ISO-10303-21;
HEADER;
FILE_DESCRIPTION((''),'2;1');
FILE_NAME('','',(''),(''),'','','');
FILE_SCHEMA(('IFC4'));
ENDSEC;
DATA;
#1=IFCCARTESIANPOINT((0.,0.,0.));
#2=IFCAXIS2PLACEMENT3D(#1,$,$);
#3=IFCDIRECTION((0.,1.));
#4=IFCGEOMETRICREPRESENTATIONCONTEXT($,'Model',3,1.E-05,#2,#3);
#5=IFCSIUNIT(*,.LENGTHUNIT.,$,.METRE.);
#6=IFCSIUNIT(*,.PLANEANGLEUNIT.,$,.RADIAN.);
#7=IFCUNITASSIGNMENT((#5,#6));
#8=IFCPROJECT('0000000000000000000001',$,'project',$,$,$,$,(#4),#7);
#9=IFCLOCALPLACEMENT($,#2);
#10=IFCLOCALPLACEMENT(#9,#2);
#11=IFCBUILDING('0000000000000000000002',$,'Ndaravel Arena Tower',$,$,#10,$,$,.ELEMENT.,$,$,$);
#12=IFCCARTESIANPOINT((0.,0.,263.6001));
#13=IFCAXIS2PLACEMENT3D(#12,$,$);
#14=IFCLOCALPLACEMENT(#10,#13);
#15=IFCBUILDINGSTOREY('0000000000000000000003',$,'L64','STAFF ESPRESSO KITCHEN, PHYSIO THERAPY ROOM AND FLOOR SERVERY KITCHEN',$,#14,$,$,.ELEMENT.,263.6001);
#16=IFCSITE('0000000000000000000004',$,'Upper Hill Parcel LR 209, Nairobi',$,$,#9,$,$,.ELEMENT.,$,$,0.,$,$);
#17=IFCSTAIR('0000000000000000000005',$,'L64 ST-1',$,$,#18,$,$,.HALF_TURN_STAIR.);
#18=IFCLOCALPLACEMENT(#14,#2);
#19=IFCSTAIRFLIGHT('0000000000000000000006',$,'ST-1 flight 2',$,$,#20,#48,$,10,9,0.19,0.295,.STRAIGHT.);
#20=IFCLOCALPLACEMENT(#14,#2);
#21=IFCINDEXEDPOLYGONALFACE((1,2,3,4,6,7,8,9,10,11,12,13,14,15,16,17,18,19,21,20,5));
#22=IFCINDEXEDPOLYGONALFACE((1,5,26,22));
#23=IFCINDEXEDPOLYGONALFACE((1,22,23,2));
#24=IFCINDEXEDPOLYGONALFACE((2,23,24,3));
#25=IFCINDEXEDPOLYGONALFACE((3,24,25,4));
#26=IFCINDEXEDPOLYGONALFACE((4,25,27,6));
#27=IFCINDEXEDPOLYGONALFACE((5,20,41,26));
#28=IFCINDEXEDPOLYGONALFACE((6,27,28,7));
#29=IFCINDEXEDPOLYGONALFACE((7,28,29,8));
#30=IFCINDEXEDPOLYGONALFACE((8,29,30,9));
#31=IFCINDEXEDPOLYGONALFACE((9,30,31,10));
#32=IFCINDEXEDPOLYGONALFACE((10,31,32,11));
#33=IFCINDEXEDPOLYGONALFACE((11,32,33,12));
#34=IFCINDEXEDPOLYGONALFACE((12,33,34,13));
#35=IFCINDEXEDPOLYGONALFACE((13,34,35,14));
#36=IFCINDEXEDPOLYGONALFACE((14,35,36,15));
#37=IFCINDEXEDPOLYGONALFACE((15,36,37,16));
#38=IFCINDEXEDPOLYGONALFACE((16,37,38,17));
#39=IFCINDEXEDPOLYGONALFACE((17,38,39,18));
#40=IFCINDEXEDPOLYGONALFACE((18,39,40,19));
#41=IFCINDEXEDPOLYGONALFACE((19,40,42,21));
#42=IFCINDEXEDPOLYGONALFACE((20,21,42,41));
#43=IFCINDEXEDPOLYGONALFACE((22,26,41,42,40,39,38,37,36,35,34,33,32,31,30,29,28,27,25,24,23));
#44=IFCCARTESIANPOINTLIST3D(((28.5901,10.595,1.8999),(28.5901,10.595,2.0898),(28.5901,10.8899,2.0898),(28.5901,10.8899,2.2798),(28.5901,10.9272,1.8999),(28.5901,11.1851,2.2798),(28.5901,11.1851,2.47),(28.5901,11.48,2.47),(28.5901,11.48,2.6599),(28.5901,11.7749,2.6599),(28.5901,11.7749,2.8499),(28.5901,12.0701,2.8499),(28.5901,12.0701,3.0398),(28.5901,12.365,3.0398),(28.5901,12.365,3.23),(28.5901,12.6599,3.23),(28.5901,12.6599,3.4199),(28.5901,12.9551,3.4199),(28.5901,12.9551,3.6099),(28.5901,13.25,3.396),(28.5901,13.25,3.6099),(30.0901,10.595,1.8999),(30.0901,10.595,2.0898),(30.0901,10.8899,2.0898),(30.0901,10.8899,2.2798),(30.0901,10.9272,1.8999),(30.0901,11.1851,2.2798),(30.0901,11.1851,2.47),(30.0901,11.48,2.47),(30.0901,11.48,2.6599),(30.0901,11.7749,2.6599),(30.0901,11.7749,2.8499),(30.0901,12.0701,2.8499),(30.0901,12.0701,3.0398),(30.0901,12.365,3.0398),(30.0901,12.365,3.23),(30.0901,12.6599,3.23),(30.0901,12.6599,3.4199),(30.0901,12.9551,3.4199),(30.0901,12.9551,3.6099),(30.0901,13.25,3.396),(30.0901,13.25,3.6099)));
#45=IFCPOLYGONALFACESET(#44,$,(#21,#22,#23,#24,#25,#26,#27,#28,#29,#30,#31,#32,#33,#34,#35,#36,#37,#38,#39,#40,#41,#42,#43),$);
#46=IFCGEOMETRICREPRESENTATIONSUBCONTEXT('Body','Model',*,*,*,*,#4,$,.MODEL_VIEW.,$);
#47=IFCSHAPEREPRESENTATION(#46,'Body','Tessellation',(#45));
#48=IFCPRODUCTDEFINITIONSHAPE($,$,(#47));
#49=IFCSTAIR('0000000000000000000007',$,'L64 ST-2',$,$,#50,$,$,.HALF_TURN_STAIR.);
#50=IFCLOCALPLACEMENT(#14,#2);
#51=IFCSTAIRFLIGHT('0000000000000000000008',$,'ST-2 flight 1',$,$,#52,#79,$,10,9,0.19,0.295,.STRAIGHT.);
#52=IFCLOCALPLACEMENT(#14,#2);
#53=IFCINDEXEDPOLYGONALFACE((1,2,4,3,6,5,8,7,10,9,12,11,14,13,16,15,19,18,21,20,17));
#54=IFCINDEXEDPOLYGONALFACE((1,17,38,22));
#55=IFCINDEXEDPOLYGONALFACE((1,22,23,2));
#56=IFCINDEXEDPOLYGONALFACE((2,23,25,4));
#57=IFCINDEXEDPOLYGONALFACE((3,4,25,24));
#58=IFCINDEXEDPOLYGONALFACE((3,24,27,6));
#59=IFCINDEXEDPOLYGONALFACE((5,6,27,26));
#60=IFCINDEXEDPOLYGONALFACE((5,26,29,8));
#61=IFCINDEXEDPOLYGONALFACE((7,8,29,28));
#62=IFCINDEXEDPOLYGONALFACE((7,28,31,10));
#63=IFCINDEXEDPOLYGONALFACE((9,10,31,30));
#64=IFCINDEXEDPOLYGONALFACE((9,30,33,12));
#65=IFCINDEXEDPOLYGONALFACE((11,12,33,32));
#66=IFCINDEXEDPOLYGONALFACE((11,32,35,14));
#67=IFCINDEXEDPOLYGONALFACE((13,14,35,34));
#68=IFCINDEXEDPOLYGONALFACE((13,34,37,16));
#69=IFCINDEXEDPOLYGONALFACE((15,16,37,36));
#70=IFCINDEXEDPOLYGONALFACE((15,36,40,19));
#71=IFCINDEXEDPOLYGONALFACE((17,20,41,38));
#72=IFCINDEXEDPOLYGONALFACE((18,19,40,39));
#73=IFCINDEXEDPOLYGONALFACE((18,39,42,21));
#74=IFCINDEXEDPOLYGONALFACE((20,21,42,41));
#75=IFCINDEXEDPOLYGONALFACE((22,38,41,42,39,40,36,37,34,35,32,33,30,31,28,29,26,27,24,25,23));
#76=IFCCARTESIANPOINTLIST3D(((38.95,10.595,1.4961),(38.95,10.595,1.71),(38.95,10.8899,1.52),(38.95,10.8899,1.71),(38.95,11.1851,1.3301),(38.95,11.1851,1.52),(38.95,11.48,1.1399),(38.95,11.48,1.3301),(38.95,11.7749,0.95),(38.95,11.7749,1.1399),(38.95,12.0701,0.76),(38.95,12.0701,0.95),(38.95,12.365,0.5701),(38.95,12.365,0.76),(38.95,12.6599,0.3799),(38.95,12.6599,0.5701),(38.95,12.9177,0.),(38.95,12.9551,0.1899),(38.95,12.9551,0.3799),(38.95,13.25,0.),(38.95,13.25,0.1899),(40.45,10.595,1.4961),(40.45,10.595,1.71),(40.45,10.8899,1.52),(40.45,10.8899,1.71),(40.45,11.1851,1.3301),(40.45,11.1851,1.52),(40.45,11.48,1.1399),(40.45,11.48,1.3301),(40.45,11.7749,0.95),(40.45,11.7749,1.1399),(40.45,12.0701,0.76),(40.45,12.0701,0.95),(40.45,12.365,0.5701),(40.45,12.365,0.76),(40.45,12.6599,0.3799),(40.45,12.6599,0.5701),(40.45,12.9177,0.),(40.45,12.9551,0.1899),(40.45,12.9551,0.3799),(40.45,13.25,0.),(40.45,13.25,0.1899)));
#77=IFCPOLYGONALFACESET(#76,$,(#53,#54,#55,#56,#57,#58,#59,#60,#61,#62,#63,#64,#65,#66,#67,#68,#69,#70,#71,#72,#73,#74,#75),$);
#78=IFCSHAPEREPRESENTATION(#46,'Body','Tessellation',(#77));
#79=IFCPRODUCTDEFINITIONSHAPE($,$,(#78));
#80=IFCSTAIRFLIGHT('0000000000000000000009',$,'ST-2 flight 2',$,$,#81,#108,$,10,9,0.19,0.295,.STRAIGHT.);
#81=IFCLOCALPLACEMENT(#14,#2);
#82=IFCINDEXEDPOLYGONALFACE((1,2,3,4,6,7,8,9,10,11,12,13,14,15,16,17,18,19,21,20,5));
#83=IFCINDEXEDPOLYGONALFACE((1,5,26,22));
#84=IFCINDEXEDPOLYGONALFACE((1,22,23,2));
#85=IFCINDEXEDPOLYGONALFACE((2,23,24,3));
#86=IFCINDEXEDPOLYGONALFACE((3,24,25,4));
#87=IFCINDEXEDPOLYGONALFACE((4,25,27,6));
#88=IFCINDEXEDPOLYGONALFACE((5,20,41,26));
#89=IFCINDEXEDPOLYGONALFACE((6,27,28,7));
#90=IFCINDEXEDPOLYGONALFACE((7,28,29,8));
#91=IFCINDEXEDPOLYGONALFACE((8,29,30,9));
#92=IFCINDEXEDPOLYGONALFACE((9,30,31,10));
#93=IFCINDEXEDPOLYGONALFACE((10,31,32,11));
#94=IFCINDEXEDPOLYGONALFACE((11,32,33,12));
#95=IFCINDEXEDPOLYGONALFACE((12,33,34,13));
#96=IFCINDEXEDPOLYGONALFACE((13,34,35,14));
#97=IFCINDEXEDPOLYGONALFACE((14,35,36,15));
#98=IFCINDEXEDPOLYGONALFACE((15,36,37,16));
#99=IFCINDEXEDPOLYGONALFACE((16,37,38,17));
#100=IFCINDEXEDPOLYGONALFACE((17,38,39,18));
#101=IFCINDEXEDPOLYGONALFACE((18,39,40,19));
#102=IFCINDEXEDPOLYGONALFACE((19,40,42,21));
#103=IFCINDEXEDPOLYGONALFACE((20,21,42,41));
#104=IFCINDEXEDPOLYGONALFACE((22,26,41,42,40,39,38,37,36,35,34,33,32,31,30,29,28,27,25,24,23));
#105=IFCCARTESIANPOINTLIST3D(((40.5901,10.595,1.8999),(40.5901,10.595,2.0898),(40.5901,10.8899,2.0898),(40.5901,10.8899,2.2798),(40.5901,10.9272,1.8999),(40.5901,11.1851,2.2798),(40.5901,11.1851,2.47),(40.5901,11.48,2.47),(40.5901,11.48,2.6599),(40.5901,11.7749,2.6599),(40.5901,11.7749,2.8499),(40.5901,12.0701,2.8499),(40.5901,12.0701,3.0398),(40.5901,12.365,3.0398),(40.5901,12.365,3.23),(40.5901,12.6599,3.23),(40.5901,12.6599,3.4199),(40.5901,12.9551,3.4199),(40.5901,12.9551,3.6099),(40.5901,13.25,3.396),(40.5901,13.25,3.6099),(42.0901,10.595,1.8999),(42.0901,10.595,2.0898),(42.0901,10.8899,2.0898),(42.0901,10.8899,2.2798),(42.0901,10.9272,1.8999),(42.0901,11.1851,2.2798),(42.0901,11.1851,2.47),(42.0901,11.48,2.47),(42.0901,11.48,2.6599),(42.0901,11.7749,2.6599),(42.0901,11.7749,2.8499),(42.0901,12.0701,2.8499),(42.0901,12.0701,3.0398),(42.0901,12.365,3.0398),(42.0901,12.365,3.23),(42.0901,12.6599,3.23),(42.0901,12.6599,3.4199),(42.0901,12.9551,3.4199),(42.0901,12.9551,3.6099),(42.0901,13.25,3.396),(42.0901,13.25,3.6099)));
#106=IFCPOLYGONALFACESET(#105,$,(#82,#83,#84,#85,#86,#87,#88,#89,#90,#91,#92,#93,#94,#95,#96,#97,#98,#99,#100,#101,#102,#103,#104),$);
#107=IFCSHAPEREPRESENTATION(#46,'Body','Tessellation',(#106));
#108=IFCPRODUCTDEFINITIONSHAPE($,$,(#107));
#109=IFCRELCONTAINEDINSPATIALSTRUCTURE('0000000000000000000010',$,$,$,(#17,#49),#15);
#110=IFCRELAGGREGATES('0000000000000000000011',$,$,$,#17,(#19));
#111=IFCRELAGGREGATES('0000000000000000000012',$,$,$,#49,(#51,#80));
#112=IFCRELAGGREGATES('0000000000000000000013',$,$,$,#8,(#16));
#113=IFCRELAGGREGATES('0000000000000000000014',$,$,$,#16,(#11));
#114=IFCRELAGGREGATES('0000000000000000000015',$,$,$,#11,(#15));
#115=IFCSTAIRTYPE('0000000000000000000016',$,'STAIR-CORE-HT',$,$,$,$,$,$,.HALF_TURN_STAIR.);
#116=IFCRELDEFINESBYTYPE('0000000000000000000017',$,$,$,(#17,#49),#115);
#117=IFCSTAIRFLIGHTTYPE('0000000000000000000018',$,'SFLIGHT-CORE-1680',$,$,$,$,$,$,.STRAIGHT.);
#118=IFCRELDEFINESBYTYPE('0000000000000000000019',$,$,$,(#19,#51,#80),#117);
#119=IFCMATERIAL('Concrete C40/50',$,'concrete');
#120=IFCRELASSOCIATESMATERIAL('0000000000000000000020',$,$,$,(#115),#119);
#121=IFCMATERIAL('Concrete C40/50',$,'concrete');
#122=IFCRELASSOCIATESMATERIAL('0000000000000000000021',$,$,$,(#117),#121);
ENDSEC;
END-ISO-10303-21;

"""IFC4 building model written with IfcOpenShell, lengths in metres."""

from ifc_helpers import new_model, si_unit, direction, frame, origin, place, context, subcontext, project, spatial, polyline, outline, extrude, material, type_object, element, aggregate, save


model = new_model("IFC4")

# Units and contexts
model_context = context("Model", 3, precision=1e-05, world=origin(), true_north=direction((0.0, 1.0)))
body_context = subcontext(model_context, "Body", "Model", "MODEL_VIEW")
ifc_project = project(units=[si_unit("LENGTHUNIT", "METRE"), si_unit("PLANEANGLEUNIT", "RADIAN")], contexts=[model_context])

# Site, building, storey
site_placement = place(None, origin())
site = spatial("IfcSite", under=ifc_project, at=site_placement, Name="Upper Hill Parcel LR 209, Nairobi", CompositionType="ELEMENT", RefElevation=0.0)
building_placement = place(site_placement, origin())
building = spatial("IfcBuilding", under=site, at=building_placement, Name="Ndaravel Arena Tower", CompositionType="ELEMENT")
storey_placement = place(building_placement, frame((0.0, 0.0, 263.6001)))
storey = spatial("IfcBuildingStorey", under=building, at=storey_placement, Name="L64", Description="STAFF ESPRESSO KITCHEN, PHYSIO THERAPY ROOM AND FLOOR SERVERY KITCHEN", CompositionType="ELEMENT", Elevation=263.6001)

# Stairs, stair flights
ifc_material_1 = material(Name="Concrete C40/50", Category="concrete")
stair_type = type_object("IfcStairType", Name="STAIR-CORE-HT", PredefinedType="HALF_TURN_STAIR", material=ifc_material_1)
stair_1_placement = place(storey_placement, origin())
stair_1 = element("IfcStair", 1, at=stair_1_placement, inside=storey, type_object=stair_type, Name="L64 ST-1", PredefinedType="HALF_TURN_STAIR")
ifc_material_2 = material(Name="Concrete C40/50", Category="concrete")
stair_flight_type = type_object("IfcStairFlightType", Name="SFLIGHT-CORE-1680", PredefinedType="STRAIGHT", material=ifc_material_2)
stair_flight_1_placement = place(storey_placement, frame((29.3401, 10.595, 1.8999), z_axis=(0.0, 0.0, 1.0), x_axis=(0.0, 1.0, 0.0)))
stair_flight_1 = element("IfcStairFlight", 2, at=stair_flight_1_placement, type_object=stair_flight_type, Name="ST-1 flight 2", NumberOfRisers=10, NumberOfTreads=9, PredefinedType="STRAIGHT", RiserHeight=0.19, TreadLength=0.295, context=body_context, shape_type="SweptSolid", body=[
    extrude(outline(polyline([(0.0, 0.0), (0.0, 0.1899), (0.2949, 0.1899), (0.2949, 0.3799), (0.5901, 0.3799), (0.5901, 0.5701), (0.885, 0.5701), (0.885, 0.76), (1.1799, 0.76), (1.1799, 0.95), (1.4751, 0.95), (1.4751, 1.1399), (1.77, 1.1399), (1.77, 1.3301), (2.0649, 1.3301), (2.0649, 1.52), (2.3601, 1.52), (2.3601, 1.71), (2.655, 1.71), (2.655, 1.8999), (2.655, 1.4961), (0.3323, 0.0), (0.0, 0.0)])), frame((0.0, 0.75, 0.0), z_axis=(0.0, -1.0, 0.0), x_axis=(1.0, 0.0, 0.0)), (0.0, 0.0, 1.0), 1.5),
])
aggregate(stair_1, [stair_flight_1])
stair_2_placement = place(storey_placement, origin())
stair_2 = element("IfcStair", 3, at=stair_2_placement, inside=storey, type_object=stair_type, Name="L64 ST-2", PredefinedType="HALF_TURN_STAIR")
stair_flight_2_placement = place(storey_placement, frame((39.7, 13.25, 0.0), z_axis=(0.0, 0.0, 1.0), x_axis=(0.0, -1.0, 0.0)))
stair_flight_2 = element("IfcStairFlight", 4, at=stair_flight_2_placement, type_object=stair_flight_type, Name="ST-2 flight 1", NumberOfRisers=10, NumberOfTreads=9, PredefinedType="STRAIGHT", RiserHeight=0.19, TreadLength=0.295, context=body_context, shape_type="SweptSolid", body=[
    extrude(outline(polyline([(0.0, 0.0), (0.0, 0.1899), (0.2949, 0.1899), (0.2949, 0.3799), (0.5901, 0.3799), (0.5901, 0.5701), (0.885, 0.5701), (0.885, 0.76), (1.1799, 0.76), (1.1799, 0.95), (1.4751, 0.95), (1.4751, 1.1399), (1.77, 1.1399), (1.77, 1.3301), (2.0649, 1.3301), (2.0649, 1.52), (2.3601, 1.52), (2.3601, 1.71), (2.655, 1.71), (2.655, 1.8999), (2.655, 1.4961), (0.3323, 0.0), (0.0, 0.0)])), frame((0.0, 0.75, 0.0), z_axis=(0.0, -1.0, 0.0), x_axis=(1.0, 0.0, 0.0)), (0.0, 0.0, 1.0), 1.5),
])
stair_flight_3_placement = place(storey_placement, frame((41.3401, 10.595, 1.8999), z_axis=(0.0, 0.0, 1.0), x_axis=(0.0, 1.0, 0.0)))
stair_flight_3 = element("IfcStairFlight", 5, at=stair_flight_3_placement, type_object=stair_flight_type, Name="ST-2 flight 2", NumberOfRisers=10, NumberOfTreads=9, PredefinedType="STRAIGHT", RiserHeight=0.19, TreadLength=0.295, context=body_context, shape_type="SweptSolid", body=[
    extrude(outline(polyline([(0.0, 0.0), (0.0, 0.1899), (0.2949, 0.1899), (0.2949, 0.3799), (0.5901, 0.3799), (0.5901, 0.5701), (0.885, 0.5701), (0.885, 0.76), (1.1799, 0.76), (1.1799, 0.95), (1.4751, 0.95), (1.4751, 1.1399), (1.77, 1.1399), (1.77, 1.3301), (2.0649, 1.3301), (2.0649, 1.52), (2.3601, 1.52), (2.3601, 1.71), (2.655, 1.71), (2.655, 1.8999), (2.655, 1.4961), (0.3323, 0.0), (0.0, 0.0)])), frame((0.0, 0.75, 0.0), z_axis=(0.0, -1.0, 0.0), x_axis=(1.0, 0.0, 0.0)), (0.0, 0.0, 1.0), 1.5),
])
aggregate(stair_2, [stair_flight_2, stair_flight_3])

save(model, "model.ifc")
